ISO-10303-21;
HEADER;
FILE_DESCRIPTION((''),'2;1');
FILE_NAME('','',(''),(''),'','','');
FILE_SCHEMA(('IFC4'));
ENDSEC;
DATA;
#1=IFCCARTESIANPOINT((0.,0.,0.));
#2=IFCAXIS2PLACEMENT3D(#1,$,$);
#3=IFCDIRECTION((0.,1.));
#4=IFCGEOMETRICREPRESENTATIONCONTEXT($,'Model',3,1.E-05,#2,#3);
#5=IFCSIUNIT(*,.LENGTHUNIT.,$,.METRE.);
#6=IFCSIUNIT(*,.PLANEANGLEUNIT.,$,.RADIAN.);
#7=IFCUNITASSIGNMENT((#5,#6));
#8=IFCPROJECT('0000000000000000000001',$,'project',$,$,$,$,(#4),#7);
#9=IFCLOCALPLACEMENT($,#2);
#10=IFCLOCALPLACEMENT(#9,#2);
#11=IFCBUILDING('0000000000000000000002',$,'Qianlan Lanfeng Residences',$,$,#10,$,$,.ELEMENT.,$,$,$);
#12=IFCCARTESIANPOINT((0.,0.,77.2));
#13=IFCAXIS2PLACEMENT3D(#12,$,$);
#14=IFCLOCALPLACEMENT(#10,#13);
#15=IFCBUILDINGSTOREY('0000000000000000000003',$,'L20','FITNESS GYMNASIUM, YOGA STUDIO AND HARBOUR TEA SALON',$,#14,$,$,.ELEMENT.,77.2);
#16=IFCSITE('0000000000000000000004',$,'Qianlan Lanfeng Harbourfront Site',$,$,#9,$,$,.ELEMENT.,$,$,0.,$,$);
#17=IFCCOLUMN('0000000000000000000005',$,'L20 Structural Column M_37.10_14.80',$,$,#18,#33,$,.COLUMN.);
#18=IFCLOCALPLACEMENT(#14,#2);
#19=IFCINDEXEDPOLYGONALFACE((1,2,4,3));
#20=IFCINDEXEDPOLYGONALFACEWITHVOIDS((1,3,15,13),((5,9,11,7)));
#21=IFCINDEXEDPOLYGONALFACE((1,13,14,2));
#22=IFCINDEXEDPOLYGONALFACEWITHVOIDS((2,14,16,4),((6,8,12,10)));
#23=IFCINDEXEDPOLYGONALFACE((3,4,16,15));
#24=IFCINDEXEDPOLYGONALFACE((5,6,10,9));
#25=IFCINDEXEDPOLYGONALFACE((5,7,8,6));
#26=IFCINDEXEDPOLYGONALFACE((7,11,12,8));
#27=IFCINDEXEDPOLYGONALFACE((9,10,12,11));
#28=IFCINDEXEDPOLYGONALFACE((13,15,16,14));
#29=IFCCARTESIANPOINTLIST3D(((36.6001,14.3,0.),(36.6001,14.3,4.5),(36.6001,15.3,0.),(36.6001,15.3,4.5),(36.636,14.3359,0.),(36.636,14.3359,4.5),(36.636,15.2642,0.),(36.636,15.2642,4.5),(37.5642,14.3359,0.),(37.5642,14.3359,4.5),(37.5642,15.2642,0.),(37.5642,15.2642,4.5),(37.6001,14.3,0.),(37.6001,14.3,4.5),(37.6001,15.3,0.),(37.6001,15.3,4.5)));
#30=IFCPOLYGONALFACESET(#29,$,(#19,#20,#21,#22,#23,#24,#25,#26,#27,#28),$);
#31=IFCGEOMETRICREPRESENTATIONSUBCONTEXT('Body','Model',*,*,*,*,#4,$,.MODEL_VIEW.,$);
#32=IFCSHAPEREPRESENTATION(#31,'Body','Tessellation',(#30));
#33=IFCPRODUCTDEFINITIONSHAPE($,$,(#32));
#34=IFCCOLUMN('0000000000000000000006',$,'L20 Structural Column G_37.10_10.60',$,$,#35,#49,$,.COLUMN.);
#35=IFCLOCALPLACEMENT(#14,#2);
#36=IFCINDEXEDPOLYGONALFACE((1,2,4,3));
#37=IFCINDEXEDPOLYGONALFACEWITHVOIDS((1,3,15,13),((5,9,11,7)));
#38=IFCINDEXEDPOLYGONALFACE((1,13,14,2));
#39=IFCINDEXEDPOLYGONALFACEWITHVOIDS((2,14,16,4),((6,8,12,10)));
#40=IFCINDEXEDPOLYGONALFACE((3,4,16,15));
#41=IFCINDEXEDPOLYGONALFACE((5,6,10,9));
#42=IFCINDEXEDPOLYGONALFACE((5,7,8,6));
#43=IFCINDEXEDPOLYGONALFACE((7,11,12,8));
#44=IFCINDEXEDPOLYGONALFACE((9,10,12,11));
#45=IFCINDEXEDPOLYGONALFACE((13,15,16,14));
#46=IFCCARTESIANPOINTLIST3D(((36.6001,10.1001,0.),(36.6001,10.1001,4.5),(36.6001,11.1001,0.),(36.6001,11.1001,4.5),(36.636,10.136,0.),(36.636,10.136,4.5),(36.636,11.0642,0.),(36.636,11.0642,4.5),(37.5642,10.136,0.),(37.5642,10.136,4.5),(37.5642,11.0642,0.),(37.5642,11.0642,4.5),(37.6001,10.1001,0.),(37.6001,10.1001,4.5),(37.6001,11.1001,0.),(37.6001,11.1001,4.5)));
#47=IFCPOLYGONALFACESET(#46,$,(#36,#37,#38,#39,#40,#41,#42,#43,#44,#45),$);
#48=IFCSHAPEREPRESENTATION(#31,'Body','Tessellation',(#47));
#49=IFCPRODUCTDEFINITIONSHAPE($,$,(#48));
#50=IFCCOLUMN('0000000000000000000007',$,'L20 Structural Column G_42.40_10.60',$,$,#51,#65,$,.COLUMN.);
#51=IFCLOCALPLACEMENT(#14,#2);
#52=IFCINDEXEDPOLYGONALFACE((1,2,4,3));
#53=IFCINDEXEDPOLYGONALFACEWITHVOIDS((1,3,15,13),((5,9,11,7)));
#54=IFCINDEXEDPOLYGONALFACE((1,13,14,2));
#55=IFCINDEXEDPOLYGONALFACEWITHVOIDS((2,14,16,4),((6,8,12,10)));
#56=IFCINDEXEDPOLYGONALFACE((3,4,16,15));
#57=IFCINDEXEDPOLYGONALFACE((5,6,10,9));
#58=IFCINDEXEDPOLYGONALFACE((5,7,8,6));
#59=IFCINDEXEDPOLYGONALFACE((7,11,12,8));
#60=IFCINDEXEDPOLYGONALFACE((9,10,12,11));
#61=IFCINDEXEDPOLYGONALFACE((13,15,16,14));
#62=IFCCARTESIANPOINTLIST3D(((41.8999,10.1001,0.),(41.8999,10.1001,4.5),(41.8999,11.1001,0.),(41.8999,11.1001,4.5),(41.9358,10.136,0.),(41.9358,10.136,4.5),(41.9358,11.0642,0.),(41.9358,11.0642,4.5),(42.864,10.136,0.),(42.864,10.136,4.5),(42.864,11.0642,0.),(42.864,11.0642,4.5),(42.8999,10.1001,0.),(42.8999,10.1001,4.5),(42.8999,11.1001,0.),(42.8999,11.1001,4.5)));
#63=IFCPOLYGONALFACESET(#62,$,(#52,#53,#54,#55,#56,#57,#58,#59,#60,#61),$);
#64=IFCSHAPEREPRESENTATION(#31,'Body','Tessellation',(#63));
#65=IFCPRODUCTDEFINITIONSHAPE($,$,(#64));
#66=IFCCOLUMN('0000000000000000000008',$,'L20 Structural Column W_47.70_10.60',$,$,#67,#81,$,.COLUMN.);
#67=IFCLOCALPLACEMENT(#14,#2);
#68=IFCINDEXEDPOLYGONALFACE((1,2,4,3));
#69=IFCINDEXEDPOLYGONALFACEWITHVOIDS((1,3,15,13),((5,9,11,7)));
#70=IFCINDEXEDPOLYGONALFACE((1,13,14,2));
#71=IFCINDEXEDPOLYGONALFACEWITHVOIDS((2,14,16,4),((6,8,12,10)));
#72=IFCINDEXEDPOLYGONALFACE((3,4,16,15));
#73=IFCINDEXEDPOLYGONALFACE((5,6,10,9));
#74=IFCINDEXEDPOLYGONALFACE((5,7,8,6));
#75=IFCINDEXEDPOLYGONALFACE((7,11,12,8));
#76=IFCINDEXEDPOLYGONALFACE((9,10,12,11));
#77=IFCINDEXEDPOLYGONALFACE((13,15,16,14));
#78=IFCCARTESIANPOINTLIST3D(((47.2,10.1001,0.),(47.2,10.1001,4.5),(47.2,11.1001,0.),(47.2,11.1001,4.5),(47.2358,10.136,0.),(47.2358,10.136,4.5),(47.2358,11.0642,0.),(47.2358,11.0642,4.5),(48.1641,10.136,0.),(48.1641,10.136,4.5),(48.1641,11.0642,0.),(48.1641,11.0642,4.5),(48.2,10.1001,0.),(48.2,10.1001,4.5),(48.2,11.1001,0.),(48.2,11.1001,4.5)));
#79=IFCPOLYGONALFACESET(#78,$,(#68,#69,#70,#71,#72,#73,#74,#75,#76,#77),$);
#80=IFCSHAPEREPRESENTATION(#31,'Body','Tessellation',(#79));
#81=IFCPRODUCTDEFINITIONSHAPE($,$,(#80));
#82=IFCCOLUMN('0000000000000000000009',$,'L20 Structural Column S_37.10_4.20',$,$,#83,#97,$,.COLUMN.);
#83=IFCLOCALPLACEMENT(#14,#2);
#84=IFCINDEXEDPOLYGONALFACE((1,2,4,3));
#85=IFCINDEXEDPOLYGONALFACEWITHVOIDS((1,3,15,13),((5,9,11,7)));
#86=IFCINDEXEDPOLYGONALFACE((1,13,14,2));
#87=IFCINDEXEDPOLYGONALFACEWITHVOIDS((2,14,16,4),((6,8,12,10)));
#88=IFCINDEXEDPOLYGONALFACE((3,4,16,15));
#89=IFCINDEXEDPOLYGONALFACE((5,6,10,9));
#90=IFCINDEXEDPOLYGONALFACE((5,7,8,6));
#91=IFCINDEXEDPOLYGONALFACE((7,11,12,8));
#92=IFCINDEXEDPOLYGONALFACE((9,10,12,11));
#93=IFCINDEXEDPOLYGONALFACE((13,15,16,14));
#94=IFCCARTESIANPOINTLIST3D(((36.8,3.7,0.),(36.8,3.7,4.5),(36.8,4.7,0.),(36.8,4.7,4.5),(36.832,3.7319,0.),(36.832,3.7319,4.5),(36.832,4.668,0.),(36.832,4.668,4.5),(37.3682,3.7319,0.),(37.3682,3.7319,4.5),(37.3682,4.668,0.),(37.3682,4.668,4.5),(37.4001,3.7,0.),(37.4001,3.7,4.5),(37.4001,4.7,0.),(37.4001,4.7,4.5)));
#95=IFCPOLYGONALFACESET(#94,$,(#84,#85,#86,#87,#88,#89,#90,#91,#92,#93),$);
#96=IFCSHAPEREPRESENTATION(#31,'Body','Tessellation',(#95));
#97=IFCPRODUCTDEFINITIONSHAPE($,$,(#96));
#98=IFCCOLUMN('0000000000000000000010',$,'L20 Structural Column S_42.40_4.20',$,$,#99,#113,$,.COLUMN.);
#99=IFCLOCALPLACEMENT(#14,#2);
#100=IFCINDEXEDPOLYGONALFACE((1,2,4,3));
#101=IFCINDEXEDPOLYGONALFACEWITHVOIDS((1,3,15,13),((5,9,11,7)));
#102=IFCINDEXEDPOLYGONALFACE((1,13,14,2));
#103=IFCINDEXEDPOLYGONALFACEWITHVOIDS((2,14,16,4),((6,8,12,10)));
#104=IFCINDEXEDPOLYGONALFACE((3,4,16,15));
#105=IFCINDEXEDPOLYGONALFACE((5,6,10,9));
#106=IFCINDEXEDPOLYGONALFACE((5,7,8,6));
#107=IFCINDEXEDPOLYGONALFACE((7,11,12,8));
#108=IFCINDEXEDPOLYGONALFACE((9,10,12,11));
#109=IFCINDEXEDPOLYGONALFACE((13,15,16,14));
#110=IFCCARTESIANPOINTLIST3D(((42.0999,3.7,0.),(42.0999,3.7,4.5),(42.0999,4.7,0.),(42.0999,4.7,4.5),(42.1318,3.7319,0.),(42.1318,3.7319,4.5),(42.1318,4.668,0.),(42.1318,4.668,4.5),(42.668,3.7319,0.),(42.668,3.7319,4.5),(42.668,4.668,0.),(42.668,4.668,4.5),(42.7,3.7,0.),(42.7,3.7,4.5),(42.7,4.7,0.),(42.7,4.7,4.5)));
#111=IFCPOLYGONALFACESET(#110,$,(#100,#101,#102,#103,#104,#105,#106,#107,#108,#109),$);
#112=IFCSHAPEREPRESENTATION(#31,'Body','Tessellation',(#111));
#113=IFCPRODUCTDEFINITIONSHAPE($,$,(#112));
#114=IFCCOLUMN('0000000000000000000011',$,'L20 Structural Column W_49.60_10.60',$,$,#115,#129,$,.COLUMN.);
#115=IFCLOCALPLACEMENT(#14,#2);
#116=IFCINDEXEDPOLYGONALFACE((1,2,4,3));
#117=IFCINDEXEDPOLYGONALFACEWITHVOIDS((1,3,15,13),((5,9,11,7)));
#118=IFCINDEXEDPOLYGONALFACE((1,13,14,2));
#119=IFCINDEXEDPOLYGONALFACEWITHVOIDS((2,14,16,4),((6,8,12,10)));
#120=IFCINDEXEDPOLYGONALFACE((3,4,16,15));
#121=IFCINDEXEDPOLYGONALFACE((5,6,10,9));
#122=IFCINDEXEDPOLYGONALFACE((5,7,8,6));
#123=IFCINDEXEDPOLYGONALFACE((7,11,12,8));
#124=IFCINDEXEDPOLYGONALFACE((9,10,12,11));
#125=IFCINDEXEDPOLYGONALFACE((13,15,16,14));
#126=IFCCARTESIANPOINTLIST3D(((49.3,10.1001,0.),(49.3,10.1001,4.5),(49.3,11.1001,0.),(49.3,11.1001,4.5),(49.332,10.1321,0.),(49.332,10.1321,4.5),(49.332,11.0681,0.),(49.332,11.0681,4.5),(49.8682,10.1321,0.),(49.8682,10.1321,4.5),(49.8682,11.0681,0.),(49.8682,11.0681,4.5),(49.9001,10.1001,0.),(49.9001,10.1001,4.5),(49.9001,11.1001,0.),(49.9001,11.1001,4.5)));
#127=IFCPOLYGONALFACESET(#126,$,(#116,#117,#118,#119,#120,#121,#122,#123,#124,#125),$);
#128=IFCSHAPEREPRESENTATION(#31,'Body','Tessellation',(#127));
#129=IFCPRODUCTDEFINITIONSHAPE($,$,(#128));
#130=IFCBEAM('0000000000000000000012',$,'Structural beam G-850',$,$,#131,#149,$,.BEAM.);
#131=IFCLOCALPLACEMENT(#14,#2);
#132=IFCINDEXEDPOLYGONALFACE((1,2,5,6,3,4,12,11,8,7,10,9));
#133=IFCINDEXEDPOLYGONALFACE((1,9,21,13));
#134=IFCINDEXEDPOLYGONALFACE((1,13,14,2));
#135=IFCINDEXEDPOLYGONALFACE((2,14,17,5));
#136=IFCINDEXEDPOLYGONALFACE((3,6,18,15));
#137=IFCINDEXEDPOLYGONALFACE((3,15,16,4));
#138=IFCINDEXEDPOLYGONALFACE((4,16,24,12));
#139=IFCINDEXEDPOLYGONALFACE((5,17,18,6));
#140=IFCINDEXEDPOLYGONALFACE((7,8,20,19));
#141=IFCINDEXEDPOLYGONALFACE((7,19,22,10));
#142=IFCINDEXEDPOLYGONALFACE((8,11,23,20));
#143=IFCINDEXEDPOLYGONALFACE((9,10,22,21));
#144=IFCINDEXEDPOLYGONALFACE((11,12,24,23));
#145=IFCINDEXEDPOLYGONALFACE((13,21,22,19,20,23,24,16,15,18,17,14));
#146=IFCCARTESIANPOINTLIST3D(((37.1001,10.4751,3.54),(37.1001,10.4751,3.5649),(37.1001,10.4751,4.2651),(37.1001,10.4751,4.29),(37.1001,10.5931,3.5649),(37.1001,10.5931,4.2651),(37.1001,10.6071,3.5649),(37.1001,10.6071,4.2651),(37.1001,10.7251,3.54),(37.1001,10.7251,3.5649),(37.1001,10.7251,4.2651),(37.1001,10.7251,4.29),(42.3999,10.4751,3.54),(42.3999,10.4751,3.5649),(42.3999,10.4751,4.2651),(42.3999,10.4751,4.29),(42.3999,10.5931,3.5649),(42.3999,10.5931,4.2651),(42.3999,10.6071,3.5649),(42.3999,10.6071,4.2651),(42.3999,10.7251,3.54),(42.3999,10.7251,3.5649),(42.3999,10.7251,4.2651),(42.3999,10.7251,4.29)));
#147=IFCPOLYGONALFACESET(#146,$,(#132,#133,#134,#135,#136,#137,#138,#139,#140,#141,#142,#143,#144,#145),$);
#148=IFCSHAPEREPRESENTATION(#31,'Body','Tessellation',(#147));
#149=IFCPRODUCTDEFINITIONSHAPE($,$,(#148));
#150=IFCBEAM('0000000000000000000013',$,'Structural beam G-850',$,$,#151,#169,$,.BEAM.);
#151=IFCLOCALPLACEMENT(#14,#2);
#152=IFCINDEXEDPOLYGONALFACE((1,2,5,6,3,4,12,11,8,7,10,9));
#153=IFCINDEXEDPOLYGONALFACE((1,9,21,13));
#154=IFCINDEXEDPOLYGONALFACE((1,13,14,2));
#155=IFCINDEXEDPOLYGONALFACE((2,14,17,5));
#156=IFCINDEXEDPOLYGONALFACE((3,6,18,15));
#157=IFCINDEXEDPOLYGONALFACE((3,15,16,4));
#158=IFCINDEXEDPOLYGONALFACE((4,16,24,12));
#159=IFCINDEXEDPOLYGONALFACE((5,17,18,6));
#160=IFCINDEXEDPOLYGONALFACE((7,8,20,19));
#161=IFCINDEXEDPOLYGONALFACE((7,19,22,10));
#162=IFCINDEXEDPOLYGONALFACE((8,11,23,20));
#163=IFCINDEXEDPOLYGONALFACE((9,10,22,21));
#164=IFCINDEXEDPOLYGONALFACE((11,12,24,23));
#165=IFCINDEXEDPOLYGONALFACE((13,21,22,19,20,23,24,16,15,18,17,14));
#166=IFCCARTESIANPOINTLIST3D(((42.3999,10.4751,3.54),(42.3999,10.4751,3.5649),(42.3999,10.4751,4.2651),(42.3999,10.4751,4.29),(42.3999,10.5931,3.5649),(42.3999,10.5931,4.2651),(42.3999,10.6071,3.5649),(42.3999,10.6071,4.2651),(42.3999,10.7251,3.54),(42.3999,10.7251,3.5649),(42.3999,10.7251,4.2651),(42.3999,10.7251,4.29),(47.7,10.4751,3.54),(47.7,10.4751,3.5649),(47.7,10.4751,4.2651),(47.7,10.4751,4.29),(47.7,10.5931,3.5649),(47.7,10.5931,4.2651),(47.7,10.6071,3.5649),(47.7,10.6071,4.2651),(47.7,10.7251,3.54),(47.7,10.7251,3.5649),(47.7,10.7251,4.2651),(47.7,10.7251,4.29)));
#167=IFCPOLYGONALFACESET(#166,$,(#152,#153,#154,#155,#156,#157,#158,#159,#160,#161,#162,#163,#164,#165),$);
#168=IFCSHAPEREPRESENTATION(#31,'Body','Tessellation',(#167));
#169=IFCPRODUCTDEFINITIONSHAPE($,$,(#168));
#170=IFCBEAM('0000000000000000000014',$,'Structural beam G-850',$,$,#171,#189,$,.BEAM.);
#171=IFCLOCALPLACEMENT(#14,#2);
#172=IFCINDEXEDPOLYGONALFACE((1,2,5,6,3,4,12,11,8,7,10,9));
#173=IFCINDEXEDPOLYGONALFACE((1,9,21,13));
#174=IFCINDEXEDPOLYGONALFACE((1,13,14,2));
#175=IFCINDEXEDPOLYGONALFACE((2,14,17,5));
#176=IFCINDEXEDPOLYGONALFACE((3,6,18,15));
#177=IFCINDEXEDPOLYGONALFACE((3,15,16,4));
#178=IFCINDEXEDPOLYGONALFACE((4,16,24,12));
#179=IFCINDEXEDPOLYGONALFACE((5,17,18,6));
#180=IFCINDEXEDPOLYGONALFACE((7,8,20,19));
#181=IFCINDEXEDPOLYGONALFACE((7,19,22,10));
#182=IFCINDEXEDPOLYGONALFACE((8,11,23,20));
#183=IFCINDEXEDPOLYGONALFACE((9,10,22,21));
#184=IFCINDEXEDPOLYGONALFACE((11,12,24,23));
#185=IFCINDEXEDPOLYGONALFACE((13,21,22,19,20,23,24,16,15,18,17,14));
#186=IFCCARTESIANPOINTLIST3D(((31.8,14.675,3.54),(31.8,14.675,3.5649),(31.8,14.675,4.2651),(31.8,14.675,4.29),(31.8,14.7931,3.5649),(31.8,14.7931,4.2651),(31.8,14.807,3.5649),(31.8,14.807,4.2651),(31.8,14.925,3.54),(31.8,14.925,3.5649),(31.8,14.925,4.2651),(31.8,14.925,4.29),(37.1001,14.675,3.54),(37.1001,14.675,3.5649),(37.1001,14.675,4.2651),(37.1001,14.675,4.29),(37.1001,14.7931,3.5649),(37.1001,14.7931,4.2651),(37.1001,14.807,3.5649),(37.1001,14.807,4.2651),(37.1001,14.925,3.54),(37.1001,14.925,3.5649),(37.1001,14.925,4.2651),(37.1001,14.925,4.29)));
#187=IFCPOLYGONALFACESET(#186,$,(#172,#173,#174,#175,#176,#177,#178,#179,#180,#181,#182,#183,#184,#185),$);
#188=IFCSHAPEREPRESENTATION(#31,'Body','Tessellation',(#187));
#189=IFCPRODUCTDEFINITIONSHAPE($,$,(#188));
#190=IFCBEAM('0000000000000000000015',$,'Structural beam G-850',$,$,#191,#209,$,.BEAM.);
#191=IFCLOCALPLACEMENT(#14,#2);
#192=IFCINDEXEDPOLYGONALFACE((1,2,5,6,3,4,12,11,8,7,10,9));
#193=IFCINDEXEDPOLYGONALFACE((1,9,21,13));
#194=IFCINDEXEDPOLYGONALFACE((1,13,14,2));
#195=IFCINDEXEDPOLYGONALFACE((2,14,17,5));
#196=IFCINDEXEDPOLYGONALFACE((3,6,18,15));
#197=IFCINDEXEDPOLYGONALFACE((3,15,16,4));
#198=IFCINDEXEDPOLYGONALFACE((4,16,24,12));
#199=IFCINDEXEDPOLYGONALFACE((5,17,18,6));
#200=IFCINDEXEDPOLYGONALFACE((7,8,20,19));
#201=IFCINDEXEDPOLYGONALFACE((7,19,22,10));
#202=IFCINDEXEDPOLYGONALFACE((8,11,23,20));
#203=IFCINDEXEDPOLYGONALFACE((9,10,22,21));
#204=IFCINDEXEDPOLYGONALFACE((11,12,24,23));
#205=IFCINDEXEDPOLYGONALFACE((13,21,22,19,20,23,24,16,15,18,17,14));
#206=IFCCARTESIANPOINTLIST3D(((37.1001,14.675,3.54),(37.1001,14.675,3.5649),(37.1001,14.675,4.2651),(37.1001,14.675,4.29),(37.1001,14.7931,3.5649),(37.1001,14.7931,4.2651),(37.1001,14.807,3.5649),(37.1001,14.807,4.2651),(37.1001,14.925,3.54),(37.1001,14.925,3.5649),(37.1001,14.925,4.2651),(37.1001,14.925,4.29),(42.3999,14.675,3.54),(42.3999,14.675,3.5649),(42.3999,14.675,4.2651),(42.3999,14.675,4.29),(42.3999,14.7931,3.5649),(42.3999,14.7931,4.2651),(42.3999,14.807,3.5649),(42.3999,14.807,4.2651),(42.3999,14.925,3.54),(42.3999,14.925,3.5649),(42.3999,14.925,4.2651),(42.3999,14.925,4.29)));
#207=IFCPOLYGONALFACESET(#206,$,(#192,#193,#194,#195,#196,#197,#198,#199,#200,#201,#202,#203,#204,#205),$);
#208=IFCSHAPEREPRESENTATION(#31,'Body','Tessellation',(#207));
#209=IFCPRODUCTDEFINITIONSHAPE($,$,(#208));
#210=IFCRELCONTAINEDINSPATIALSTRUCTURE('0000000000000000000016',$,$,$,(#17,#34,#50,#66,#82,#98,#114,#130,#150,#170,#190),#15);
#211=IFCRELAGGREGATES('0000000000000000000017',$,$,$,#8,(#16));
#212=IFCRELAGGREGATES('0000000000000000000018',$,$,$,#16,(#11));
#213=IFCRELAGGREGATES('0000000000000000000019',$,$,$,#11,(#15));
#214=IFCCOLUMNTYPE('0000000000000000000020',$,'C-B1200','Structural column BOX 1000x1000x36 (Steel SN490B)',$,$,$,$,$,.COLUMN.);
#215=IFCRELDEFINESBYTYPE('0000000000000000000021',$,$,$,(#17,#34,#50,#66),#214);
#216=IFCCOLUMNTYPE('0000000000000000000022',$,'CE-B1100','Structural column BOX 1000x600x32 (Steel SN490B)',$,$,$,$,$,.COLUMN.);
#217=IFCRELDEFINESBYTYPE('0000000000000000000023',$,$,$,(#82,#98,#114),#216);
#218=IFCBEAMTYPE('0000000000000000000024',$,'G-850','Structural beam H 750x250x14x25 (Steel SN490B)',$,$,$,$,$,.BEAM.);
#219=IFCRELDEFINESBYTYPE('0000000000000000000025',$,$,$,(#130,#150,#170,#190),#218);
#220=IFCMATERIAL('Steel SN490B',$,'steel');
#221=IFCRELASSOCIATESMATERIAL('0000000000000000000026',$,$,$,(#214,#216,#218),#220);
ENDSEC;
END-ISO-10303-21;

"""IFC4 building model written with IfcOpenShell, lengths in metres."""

from ifc_helpers import new_model, si_unit, direction, frame, origin, origin_2d, place, context, subcontext, project, spatial, hollow_rectangle, i_section, extrude, material, material_profile, profile_set, type_object, element, save


model = new_model("IFC4")

# Units and contexts
model_context = context("Model", 3, precision=1e-05, world=origin(), true_north=direction((0.0, 1.0)))
body_context = subcontext(model_context, "Body", "Model", "MODEL_VIEW")
ifc_project = project(units=[si_unit("LENGTHUNIT", "METRE"), si_unit("PLANEANGLEUNIT", "RADIAN")], contexts=[model_context])

# Site, building, storey
site_placement = place(None, origin())
site = spatial("IfcSite", under=ifc_project, at=site_placement, Name="Qianlan Lanfeng Harbourfront Site", CompositionType="ELEMENT", RefElevation=0.0)
building_placement = place(site_placement, origin())
building = spatial("IfcBuilding", under=site, at=building_placement, Name="Qianlan Lanfeng Residences", CompositionType="ELEMENT")
storey_placement = place(building_placement, frame((0.0, 0.0, 77.2)))
storey = spatial("IfcBuildingStorey", under=building, at=storey_placement, Name="L20", Description="FITNESS GYMNASIUM, YOGA STUDIO AND HARBOUR TEA SALON", CompositionType="ELEMENT", Elevation=77.2)

# Columns
ifc_material_1 = material(Name="Steel SN490B", Category="steel")
ifc_material_profile_1 = material_profile(ifc_material_1, hollow_rectangle(XDim=1.0, YDim=1.0, WallThickness=0.0359, at=origin_2d()), Name="BOX 1000x1000x36")
ifc_profile_set_1 = profile_set([ifc_material_profile_1], Name="Steel SN490B")
column_type_1 = type_object("IfcColumnType", Name="C-B1200", Description="Structural column BOX 1000x1000x36 (Steel SN490B)", PredefinedType="COLUMN", material=ifc_profile_set_1)
for number, where, z_axis, x_axis, name in (
    (1, (37.1001, 14.8, 0.0), (0.0, 0.0, 1.0), (1.0, 0.0, 0.0), "L20 Structural Column M_37.10_14.80"),
    (2, (37.1001, 10.6001, 0.0), (0.0, 0.0, 1.0), (1.0, 0.0, 0.0), "L20 Structural Column G_37.10_10.60"),
    (3, (42.3999, 10.6001, 0.0), (0.0, 0.0, 1.0), (1.0, 0.0, 0.0), "L20 Structural Column G_42.40_10.60"),
    (4, (47.7, 10.6001, 0.0), (0.0, 0.0, 1.0), (1.0, 0.0, 0.0), "L20 Structural Column W_47.70_10.60"),
):
    element("IfcColumn", number, at=place(storey_placement, frame(where, z_axis=z_axis, x_axis=x_axis)), inside=storey, type_object=column_type_1, Name=name, PredefinedType="COLUMN", context=body_context, shape_type="SweptSolid", body=[
        extrude(hollow_rectangle(XDim=1.0, YDim=1.0, WallThickness=0.0359, at=origin_2d()), origin(), (0.0, 0.0, 1.0), 4.5),
    ])
ifc_material_profile_2 = material_profile(ifc_material_1, hollow_rectangle(XDim=0.6001, YDim=1.0, WallThickness=0.032, at=origin_2d()), Name="BOX 1000x600x32")
ifc_profile_set_2 = profile_set([ifc_material_profile_2], Name="Steel SN490B")
column_type_2 = type_object("IfcColumnType", Name="CE-B1100", Description="Structural column BOX 1000x600x32 (Steel SN490B)", PredefinedType="COLUMN", material=ifc_profile_set_2)
for number, where, z_axis, x_axis, name in (
    (5, (37.1001, 4.2, 0.0), (0.0, 0.0, 1.0), (1.0, 0.0, 0.0), "L20 Structural Column S_37.10_4.20"),
    (6, (42.3999, 4.2, 0.0), (0.0, 0.0, 1.0), (1.0, 0.0, 0.0), "L20 Structural Column S_42.40_4.20"),
    (7, (49.6001, 10.6001, 0.0), (0.0, 0.0, 1.0), (1.0, 0.0, 0.0), "L20 Structural Column W_49.60_10.60"),
):
    element("IfcColumn", number, at=place(storey_placement, frame(where, z_axis=z_axis, x_axis=x_axis)), inside=storey, type_object=column_type_2, Name=name, PredefinedType="COLUMN", context=body_context, shape_type="SweptSolid", body=[
        extrude(hollow_rectangle(XDim=0.6001, YDim=1.0, WallThickness=0.032, at=origin_2d()), origin(), (0.0, 0.0, 1.0), 4.5),
    ])

# Beams
ifc_material_profile_3 = material_profile(ifc_material_1, i_section(OverallWidth=0.25, OverallDepth=0.75, WebThickness=0.0139, FlangeThickness=0.0249, at=origin_2d()), Name="H 750x250x14x25")
ifc_profile_set_3 = profile_set([ifc_material_profile_3], Name="Steel SN490B")
beam_type_1 = type_object("IfcBeamType", Name="G-850", Description="Structural beam H 750x250x14x25 (Steel SN490B)", PredefinedType="BEAM", material=ifc_profile_set_3)
beam_1_placement = place(storey_placement, frame((37.1001, 10.6001, 3.915), z_axis=(1.0, 0.0, 0.0), x_axis=(0.0, 1.0, 0.0)))
element("IfcBeam", 8, at=beam_1_placement, inside=storey, type_object=beam_type_1, Name="Structural beam G-850", PredefinedType="BEAM", context=body_context, shape_type="SweptSolid", body=[
    extrude(i_section(OverallWidth=0.25, OverallDepth=0.75, WebThickness=0.0139, FlangeThickness=0.0249, at=origin_2d()), origin(), (0.0, 0.0, 1.0), 5.2998),
])
for number, where, z_axis, x_axis, name in (
    (9, (42.3999, 10.6001, 3.915), (1.0, 0.0, 0.0), (0.0, 1.0, 0.0), "Structural beam G-850"),
    (10, (31.8, 14.8, 3.915), (1.0, 0.0, 0.0), (0.0, 1.0, 0.0), "Structural beam G-850"),
):
    element("IfcBeam", number, at=place(storey_placement, frame(where, z_axis=z_axis, x_axis=x_axis)), inside=storey, type_object=beam_type_1, Name=name, PredefinedType="BEAM", context=body_context, shape_type="SweptSolid", body=[
        extrude(i_section(OverallWidth=0.25, OverallDepth=0.75, WebThickness=0.0139, FlangeThickness=0.0249, at=origin_2d()), origin(), (0.0, 0.0, 1.0), 5.3),
    ])
beam_2_placement = place(storey_placement, frame((37.1001, 14.8, 3.915), z_axis=(1.0, 0.0, 0.0), x_axis=(0.0, 1.0, 0.0)))
element("IfcBeam", 11, at=beam_2_placement, inside=storey, type_object=beam_type_1, Name="Structural beam G-850", PredefinedType="BEAM", context=body_context, shape_type="SweptSolid", body=[
    extrude(i_section(OverallWidth=0.25, OverallDepth=0.75, WebThickness=0.0139, FlangeThickness=0.0249, at=origin_2d()), origin(), (0.0, 0.0, 1.0), 5.2998),
])

save(model, "model.ifc")
